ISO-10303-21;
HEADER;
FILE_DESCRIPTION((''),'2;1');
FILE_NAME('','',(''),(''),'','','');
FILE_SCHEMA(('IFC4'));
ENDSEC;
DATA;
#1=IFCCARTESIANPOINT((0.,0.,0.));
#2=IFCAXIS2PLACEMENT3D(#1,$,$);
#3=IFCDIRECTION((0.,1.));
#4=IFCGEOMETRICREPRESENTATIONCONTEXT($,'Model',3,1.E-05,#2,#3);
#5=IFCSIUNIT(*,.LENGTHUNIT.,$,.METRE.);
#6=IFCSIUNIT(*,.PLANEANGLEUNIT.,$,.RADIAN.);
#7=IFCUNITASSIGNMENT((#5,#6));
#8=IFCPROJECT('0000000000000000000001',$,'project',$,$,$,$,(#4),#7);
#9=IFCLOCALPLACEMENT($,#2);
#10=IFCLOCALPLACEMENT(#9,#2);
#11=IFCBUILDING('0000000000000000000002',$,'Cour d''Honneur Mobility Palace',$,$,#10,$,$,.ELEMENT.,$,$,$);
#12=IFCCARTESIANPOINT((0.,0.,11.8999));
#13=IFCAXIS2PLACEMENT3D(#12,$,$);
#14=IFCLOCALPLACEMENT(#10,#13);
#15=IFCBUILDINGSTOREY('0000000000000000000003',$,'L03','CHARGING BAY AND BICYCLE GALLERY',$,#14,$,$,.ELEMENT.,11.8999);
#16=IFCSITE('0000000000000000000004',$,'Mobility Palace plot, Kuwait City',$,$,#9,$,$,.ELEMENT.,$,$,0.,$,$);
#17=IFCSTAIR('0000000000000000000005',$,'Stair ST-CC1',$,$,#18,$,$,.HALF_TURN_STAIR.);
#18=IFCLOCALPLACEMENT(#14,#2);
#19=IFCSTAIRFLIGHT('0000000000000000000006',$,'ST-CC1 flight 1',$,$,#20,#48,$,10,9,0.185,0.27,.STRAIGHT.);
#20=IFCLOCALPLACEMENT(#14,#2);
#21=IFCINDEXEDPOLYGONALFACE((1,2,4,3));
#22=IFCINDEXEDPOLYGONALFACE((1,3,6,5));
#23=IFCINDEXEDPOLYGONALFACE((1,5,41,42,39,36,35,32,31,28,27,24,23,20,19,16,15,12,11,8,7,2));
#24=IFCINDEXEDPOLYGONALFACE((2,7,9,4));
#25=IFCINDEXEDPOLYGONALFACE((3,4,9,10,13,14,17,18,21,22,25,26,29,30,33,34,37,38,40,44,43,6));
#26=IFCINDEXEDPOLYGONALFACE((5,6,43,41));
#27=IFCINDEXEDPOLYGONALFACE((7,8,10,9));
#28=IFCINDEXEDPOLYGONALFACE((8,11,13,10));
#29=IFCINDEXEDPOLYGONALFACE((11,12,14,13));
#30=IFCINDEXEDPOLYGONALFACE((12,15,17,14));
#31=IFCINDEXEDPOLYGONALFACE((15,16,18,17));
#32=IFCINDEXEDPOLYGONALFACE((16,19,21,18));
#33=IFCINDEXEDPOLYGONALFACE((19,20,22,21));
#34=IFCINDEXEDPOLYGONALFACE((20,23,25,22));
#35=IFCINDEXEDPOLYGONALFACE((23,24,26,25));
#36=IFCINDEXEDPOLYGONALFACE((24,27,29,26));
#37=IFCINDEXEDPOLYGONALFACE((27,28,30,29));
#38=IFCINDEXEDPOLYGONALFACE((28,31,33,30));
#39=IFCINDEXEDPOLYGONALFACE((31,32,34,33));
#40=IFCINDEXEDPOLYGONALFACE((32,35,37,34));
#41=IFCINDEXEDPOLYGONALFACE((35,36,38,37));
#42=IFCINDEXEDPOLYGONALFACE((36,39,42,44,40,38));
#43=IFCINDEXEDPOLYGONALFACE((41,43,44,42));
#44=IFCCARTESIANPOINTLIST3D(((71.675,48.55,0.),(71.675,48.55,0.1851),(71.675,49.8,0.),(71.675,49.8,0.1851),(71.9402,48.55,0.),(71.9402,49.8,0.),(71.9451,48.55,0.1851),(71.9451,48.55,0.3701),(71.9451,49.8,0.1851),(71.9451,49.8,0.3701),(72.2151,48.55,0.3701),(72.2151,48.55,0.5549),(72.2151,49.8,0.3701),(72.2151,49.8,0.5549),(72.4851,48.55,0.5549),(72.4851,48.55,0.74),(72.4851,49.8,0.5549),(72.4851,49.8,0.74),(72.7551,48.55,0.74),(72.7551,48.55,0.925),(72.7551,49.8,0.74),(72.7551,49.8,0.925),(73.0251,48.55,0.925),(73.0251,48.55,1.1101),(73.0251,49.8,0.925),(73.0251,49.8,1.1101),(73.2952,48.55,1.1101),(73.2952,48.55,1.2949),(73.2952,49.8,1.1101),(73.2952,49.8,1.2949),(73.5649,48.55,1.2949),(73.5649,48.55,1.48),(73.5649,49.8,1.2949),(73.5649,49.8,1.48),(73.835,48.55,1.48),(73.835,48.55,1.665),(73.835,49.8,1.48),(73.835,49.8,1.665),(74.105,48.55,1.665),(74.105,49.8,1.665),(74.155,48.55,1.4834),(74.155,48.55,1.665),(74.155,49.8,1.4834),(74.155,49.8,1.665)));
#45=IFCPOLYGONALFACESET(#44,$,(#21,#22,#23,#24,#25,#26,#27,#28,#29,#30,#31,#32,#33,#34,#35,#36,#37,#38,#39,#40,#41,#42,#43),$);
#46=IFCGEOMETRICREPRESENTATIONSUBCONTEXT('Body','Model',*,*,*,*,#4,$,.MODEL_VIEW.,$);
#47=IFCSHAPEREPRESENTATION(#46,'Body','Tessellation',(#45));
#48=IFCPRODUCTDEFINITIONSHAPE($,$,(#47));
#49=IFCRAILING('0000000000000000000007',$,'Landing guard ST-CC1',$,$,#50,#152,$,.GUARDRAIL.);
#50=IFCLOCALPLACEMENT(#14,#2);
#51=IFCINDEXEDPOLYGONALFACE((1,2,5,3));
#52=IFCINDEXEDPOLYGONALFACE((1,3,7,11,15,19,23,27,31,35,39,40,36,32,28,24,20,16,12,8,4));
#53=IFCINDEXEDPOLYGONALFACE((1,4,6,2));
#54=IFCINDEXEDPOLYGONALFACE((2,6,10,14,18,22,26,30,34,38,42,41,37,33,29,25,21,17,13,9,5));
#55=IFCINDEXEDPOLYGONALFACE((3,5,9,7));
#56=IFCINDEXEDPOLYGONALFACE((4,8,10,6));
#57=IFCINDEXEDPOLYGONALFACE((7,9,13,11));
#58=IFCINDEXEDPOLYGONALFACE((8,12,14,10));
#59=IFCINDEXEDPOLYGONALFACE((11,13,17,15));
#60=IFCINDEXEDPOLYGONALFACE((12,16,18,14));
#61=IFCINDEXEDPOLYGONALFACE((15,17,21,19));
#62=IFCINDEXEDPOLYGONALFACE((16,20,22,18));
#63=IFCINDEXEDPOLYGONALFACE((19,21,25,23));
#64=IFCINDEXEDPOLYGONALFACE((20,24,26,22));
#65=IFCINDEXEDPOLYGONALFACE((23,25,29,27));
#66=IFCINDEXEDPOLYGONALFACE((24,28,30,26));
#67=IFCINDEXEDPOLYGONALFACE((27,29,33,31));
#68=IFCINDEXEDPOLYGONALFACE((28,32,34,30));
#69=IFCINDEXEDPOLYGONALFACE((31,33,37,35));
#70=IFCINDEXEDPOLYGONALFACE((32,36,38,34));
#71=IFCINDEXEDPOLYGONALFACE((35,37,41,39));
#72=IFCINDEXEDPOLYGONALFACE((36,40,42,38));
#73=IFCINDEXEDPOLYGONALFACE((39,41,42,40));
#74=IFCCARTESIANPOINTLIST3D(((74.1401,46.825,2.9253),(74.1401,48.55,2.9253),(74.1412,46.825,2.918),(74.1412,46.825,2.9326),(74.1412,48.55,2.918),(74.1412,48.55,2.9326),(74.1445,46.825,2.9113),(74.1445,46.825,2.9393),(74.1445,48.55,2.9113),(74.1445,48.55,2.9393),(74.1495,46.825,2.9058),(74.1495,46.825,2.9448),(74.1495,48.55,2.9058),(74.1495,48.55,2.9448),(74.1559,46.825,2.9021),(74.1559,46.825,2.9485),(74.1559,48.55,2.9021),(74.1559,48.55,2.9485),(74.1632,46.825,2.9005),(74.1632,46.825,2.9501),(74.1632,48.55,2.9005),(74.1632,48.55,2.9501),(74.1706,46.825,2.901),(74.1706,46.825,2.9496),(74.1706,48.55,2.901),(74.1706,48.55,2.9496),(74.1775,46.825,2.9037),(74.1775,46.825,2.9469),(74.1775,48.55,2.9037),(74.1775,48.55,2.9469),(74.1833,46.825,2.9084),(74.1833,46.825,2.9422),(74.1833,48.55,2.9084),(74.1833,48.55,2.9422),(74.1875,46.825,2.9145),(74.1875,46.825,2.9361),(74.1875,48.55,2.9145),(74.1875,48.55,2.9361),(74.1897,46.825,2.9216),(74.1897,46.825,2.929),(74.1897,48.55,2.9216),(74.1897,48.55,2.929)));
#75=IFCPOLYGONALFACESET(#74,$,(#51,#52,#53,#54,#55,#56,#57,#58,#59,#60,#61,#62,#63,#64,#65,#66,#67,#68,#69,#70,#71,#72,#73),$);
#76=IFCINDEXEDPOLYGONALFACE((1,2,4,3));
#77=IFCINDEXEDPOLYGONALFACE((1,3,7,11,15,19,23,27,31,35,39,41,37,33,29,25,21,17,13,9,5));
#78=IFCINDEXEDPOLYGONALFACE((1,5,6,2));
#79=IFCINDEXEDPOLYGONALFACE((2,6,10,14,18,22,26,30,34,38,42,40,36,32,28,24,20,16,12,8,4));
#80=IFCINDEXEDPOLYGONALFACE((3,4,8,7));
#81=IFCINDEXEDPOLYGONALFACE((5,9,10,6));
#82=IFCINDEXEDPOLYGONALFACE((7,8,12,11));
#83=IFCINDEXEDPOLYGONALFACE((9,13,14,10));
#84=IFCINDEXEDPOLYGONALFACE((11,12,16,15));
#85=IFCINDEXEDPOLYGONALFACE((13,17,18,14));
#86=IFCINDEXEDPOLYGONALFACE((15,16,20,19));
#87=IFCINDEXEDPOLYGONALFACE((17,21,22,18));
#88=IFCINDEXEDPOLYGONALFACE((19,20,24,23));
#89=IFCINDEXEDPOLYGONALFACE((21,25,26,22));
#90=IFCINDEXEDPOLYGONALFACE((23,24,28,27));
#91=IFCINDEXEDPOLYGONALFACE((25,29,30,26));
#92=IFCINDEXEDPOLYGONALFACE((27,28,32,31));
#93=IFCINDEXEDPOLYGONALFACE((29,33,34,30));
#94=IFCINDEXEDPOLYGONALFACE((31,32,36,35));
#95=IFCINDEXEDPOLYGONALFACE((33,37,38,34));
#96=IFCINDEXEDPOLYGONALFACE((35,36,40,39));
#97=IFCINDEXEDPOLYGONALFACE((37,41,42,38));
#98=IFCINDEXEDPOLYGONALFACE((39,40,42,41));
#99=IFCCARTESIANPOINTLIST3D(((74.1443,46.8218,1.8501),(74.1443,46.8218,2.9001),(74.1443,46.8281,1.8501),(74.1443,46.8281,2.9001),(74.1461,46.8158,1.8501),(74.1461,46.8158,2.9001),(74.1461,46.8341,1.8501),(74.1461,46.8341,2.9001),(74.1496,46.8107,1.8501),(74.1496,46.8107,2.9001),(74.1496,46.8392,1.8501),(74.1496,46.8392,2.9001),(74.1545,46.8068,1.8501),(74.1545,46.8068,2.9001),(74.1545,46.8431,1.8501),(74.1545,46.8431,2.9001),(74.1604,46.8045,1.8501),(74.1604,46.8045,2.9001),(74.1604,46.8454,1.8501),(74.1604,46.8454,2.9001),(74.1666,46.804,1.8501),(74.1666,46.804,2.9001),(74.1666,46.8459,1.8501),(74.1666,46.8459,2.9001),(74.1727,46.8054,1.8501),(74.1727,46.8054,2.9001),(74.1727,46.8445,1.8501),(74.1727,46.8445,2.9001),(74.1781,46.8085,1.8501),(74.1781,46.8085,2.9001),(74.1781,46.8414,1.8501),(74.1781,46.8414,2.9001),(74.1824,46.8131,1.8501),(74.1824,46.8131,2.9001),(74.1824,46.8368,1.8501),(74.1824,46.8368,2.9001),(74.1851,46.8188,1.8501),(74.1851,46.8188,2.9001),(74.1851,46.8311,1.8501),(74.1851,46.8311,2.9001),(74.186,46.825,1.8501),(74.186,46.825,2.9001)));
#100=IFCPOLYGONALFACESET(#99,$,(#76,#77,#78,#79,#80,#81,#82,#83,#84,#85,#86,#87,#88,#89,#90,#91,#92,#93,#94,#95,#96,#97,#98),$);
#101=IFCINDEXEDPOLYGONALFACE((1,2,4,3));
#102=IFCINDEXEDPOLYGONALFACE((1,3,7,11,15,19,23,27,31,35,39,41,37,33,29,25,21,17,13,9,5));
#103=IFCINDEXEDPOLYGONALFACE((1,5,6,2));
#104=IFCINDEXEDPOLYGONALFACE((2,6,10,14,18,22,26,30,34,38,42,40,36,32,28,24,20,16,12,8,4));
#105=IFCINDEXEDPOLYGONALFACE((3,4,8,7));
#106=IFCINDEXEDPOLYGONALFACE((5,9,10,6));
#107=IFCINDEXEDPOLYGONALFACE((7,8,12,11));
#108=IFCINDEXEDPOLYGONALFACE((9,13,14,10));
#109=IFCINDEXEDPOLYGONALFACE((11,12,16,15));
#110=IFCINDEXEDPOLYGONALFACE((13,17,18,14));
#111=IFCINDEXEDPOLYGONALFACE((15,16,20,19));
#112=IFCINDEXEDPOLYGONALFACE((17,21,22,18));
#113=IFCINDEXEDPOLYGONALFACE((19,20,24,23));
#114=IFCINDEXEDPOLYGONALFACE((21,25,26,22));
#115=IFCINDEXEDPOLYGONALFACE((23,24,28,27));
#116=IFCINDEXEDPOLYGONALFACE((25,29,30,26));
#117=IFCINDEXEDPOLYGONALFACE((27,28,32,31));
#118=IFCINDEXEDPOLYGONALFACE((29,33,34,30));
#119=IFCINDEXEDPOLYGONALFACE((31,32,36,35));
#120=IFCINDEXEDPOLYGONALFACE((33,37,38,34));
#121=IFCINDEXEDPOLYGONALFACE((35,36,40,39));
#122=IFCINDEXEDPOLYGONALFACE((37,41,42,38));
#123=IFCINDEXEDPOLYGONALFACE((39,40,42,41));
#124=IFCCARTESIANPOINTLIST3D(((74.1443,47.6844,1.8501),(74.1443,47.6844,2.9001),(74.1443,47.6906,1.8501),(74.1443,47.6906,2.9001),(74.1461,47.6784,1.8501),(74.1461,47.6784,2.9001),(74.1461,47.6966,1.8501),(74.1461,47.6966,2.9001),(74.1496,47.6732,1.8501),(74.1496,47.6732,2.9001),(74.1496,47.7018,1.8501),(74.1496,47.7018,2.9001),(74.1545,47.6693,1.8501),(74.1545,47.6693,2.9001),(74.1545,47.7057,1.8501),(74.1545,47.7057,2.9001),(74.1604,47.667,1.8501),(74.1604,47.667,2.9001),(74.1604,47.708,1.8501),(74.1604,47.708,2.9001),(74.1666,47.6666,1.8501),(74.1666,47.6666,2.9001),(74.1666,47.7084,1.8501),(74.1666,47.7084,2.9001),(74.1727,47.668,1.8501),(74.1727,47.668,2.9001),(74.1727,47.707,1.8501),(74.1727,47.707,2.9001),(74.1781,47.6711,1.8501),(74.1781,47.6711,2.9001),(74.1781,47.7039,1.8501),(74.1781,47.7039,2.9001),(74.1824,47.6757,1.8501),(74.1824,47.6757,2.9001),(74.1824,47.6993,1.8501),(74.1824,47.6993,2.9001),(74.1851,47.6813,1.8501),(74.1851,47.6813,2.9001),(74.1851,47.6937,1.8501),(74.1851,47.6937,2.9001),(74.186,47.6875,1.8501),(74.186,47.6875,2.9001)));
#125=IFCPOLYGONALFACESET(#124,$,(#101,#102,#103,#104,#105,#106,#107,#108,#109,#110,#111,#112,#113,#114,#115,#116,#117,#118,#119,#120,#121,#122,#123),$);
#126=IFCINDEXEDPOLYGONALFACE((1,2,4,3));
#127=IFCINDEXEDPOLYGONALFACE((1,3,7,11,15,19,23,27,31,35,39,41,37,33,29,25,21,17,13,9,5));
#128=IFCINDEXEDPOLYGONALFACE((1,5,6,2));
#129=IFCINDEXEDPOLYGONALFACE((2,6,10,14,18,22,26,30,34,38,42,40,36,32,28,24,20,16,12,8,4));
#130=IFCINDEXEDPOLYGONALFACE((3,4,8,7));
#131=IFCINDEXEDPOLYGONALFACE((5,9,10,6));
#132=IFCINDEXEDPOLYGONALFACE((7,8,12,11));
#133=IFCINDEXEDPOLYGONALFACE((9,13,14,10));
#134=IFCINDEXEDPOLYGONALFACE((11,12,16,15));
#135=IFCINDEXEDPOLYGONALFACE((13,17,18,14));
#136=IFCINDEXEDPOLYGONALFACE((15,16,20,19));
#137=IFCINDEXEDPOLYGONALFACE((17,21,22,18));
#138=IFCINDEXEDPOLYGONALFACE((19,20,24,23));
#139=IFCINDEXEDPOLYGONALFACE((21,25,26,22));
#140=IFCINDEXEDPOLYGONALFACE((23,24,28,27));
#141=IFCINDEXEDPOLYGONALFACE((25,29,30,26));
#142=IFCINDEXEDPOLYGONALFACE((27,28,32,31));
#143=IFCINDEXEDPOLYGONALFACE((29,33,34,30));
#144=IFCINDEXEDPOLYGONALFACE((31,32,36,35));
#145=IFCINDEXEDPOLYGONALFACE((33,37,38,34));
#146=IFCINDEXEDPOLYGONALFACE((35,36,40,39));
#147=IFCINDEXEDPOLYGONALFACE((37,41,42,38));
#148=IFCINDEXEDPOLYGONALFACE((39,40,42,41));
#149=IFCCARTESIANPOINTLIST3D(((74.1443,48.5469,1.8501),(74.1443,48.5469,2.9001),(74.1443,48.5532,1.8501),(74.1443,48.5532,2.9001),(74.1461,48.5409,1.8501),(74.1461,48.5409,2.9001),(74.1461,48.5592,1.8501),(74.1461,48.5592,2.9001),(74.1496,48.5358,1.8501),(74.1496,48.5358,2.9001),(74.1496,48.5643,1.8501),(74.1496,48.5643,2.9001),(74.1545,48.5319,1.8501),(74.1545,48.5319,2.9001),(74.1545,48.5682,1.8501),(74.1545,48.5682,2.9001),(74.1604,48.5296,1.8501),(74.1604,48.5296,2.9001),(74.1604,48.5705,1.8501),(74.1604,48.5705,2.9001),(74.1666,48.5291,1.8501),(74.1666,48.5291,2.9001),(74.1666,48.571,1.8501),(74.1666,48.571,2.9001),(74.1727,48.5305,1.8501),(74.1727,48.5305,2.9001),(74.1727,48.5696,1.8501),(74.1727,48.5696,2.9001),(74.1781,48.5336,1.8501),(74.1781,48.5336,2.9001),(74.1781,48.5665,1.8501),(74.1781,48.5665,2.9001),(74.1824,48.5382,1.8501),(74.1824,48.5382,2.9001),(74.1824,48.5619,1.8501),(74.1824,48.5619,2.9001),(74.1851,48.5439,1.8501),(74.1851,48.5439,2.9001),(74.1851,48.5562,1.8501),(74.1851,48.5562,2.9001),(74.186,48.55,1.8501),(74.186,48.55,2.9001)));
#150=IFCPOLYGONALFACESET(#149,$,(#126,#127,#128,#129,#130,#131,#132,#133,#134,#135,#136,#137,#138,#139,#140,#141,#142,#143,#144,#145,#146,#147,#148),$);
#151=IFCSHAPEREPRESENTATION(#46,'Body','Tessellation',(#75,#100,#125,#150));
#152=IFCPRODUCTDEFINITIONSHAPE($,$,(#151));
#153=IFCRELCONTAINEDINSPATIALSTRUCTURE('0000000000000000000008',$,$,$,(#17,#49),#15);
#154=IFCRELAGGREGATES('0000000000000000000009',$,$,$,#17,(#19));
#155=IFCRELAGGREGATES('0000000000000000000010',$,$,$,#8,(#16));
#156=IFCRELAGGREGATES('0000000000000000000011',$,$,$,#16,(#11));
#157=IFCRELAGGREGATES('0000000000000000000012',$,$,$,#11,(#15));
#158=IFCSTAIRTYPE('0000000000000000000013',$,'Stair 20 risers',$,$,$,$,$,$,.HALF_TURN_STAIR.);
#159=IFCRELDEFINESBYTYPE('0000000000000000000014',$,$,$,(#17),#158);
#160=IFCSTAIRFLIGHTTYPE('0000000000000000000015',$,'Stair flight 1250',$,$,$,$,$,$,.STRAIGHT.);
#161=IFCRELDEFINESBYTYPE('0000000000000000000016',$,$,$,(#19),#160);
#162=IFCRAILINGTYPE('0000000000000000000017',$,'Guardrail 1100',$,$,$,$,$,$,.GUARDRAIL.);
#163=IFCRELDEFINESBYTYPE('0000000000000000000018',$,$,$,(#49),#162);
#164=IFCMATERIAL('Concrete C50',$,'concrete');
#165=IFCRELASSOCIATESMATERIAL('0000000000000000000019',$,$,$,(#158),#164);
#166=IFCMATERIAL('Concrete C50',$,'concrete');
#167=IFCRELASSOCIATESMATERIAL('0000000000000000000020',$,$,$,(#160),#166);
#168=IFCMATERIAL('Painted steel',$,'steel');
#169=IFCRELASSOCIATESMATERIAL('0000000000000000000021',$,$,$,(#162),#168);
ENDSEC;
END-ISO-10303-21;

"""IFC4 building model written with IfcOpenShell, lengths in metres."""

from ifc_helpers import new_model, si_unit, direction, frame, origin, origin_2d, place, context, subcontext, project, spatial, polyline, circle, outline, extrude, material, type_object, element, aggregate, save


model = new_model("IFC4")

# Units and contexts
model_context = context("Model", 3, precision=1e-05, world=origin(), true_north=direction((0.0, 1.0)))
body_context = subcontext(model_context, "Body", "Model", "MODEL_VIEW")
ifc_project = project(units=[si_unit("LENGTHUNIT", "METRE"), si_unit("PLANEANGLEUNIT", "RADIAN")], contexts=[model_context])

# Site, building, storey
site_placement = place(None, origin())
site = spatial("IfcSite", under=ifc_project, at=site_placement, Name="Mobility Palace plot, Kuwait City", CompositionType="ELEMENT", RefElevation=0.0)
building_placement = place(site_placement, origin())
building = spatial("IfcBuilding", under=site, at=building_placement, Name="Cour d'Honneur Mobility Palace", CompositionType="ELEMENT")
storey_placement = place(building_placement, frame((0.0, 0.0, 11.8999)))
storey = spatial("IfcBuildingStorey", under=building, at=storey_placement, Name="L03", Description="CHARGING BAY AND BICYCLE GALLERY", CompositionType="ELEMENT", Elevation=11.8999)

# Stair, stair flight
ifc_material_1 = material(Name="Concrete C50", Category="concrete")
stair_type = type_object("IfcStairType", Name="Stair 20 risers", PredefinedType="HALF_TURN_STAIR", material=ifc_material_1)
stair_placement = place(storey_placement, origin())
stair = element("IfcStair", 1, at=stair_placement, inside=storey, type_object=stair_type, Name="Stair ST-CC1", PredefinedType="HALF_TURN_STAIR")
ifc_material_2 = material(Name="Concrete C50", Category="concrete")
stair_flight_type = type_object("IfcStairFlightType", Name="Stair flight 1250", PredefinedType="STRAIGHT", material=ifc_material_2)
stair_flight_placement = place(storey_placement, frame((71.675, 49.175, 0.0), z_axis=(0.0, 0.0, 1.0), x_axis=(1.0, 0.0, 0.0)))
stair_flight = element("IfcStairFlight", 2, at=stair_flight_placement, type_object=stair_flight_type, Name="ST-CC1 flight 1", NumberOfRisers=10, NumberOfTreads=9, PredefinedType="STRAIGHT", RiserHeight=0.185, TreadLength=0.27, context=body_context, shape_type="SweptSolid", body=[
    extrude(outline(polyline([(0.0, 0.0), (0.0, 0.1851), (0.27, 0.1851), (0.27, 0.3701), (0.54, 0.3701), (0.54, 0.5549), (0.8101, 0.5549), (0.8101, 0.74), (1.0801, 0.74), (1.0801, 0.925), (1.3501, 0.925), (1.3501, 1.1101), (1.6201, 1.1101), (1.6201, 1.2949), (1.8899, 1.2949), (1.8899, 1.48), (2.1599, 1.48), (2.1599, 1.665), (2.4299, 1.665), (2.48, 1.665), (2.48, 1.4834), (0.2651, 0.0), (0.0, 0.0)])), frame((0.0, 0.625, 0.0), z_axis=(0.0, -1.0, 0.0), x_axis=(1.0, 0.0, 0.0)), (0.0, 0.0, 1.0), 1.25),
])
aggregate(stair, [stair_flight])

# Railing
ifc_material_3 = material(Name="Painted steel", Category="steel")
railing_type_1 = type_object("IfcRailingType", Name="Guardrail 1100", PredefinedType="GUARDRAIL", material=ifc_material_3)
railing_1_placement = place(storey_placement, frame((74.165, 46.825, 1.8501)))
element("IfcRailing", 3, at=railing_1_placement, inside=storey, type_object=railing_type_1, Name="Landing guard ST-CC1", PredefinedType="GUARDRAIL", context=body_context, shape_type="SweptSolid", body=[
    extrude(circle(Radius=0.0249, at=origin_2d()), frame((0.0, 0.0, 1.0752), z_axis=(0.0, 1.0, 0.0), x_axis=(-1.0, 0.0, 0.0)), (0.0, 0.0, 1.0), 1.7251),
    extrude(circle(Radius=0.021, at=origin_2d()), origin(), (0.0, 0.0, 1.0), 1.05),
    extrude(circle(Radius=0.021, at=origin_2d()), frame((0.0, 0.8625, 0.0)), (0.0, 0.0, 1.0), 1.05),
    extrude(circle(Radius=0.021, at=origin_2d()), frame((0.0, 1.7251, 0.0)), (0.0, 0.0, 1.0), 1.05),
])

save(model, "model.ifc")
